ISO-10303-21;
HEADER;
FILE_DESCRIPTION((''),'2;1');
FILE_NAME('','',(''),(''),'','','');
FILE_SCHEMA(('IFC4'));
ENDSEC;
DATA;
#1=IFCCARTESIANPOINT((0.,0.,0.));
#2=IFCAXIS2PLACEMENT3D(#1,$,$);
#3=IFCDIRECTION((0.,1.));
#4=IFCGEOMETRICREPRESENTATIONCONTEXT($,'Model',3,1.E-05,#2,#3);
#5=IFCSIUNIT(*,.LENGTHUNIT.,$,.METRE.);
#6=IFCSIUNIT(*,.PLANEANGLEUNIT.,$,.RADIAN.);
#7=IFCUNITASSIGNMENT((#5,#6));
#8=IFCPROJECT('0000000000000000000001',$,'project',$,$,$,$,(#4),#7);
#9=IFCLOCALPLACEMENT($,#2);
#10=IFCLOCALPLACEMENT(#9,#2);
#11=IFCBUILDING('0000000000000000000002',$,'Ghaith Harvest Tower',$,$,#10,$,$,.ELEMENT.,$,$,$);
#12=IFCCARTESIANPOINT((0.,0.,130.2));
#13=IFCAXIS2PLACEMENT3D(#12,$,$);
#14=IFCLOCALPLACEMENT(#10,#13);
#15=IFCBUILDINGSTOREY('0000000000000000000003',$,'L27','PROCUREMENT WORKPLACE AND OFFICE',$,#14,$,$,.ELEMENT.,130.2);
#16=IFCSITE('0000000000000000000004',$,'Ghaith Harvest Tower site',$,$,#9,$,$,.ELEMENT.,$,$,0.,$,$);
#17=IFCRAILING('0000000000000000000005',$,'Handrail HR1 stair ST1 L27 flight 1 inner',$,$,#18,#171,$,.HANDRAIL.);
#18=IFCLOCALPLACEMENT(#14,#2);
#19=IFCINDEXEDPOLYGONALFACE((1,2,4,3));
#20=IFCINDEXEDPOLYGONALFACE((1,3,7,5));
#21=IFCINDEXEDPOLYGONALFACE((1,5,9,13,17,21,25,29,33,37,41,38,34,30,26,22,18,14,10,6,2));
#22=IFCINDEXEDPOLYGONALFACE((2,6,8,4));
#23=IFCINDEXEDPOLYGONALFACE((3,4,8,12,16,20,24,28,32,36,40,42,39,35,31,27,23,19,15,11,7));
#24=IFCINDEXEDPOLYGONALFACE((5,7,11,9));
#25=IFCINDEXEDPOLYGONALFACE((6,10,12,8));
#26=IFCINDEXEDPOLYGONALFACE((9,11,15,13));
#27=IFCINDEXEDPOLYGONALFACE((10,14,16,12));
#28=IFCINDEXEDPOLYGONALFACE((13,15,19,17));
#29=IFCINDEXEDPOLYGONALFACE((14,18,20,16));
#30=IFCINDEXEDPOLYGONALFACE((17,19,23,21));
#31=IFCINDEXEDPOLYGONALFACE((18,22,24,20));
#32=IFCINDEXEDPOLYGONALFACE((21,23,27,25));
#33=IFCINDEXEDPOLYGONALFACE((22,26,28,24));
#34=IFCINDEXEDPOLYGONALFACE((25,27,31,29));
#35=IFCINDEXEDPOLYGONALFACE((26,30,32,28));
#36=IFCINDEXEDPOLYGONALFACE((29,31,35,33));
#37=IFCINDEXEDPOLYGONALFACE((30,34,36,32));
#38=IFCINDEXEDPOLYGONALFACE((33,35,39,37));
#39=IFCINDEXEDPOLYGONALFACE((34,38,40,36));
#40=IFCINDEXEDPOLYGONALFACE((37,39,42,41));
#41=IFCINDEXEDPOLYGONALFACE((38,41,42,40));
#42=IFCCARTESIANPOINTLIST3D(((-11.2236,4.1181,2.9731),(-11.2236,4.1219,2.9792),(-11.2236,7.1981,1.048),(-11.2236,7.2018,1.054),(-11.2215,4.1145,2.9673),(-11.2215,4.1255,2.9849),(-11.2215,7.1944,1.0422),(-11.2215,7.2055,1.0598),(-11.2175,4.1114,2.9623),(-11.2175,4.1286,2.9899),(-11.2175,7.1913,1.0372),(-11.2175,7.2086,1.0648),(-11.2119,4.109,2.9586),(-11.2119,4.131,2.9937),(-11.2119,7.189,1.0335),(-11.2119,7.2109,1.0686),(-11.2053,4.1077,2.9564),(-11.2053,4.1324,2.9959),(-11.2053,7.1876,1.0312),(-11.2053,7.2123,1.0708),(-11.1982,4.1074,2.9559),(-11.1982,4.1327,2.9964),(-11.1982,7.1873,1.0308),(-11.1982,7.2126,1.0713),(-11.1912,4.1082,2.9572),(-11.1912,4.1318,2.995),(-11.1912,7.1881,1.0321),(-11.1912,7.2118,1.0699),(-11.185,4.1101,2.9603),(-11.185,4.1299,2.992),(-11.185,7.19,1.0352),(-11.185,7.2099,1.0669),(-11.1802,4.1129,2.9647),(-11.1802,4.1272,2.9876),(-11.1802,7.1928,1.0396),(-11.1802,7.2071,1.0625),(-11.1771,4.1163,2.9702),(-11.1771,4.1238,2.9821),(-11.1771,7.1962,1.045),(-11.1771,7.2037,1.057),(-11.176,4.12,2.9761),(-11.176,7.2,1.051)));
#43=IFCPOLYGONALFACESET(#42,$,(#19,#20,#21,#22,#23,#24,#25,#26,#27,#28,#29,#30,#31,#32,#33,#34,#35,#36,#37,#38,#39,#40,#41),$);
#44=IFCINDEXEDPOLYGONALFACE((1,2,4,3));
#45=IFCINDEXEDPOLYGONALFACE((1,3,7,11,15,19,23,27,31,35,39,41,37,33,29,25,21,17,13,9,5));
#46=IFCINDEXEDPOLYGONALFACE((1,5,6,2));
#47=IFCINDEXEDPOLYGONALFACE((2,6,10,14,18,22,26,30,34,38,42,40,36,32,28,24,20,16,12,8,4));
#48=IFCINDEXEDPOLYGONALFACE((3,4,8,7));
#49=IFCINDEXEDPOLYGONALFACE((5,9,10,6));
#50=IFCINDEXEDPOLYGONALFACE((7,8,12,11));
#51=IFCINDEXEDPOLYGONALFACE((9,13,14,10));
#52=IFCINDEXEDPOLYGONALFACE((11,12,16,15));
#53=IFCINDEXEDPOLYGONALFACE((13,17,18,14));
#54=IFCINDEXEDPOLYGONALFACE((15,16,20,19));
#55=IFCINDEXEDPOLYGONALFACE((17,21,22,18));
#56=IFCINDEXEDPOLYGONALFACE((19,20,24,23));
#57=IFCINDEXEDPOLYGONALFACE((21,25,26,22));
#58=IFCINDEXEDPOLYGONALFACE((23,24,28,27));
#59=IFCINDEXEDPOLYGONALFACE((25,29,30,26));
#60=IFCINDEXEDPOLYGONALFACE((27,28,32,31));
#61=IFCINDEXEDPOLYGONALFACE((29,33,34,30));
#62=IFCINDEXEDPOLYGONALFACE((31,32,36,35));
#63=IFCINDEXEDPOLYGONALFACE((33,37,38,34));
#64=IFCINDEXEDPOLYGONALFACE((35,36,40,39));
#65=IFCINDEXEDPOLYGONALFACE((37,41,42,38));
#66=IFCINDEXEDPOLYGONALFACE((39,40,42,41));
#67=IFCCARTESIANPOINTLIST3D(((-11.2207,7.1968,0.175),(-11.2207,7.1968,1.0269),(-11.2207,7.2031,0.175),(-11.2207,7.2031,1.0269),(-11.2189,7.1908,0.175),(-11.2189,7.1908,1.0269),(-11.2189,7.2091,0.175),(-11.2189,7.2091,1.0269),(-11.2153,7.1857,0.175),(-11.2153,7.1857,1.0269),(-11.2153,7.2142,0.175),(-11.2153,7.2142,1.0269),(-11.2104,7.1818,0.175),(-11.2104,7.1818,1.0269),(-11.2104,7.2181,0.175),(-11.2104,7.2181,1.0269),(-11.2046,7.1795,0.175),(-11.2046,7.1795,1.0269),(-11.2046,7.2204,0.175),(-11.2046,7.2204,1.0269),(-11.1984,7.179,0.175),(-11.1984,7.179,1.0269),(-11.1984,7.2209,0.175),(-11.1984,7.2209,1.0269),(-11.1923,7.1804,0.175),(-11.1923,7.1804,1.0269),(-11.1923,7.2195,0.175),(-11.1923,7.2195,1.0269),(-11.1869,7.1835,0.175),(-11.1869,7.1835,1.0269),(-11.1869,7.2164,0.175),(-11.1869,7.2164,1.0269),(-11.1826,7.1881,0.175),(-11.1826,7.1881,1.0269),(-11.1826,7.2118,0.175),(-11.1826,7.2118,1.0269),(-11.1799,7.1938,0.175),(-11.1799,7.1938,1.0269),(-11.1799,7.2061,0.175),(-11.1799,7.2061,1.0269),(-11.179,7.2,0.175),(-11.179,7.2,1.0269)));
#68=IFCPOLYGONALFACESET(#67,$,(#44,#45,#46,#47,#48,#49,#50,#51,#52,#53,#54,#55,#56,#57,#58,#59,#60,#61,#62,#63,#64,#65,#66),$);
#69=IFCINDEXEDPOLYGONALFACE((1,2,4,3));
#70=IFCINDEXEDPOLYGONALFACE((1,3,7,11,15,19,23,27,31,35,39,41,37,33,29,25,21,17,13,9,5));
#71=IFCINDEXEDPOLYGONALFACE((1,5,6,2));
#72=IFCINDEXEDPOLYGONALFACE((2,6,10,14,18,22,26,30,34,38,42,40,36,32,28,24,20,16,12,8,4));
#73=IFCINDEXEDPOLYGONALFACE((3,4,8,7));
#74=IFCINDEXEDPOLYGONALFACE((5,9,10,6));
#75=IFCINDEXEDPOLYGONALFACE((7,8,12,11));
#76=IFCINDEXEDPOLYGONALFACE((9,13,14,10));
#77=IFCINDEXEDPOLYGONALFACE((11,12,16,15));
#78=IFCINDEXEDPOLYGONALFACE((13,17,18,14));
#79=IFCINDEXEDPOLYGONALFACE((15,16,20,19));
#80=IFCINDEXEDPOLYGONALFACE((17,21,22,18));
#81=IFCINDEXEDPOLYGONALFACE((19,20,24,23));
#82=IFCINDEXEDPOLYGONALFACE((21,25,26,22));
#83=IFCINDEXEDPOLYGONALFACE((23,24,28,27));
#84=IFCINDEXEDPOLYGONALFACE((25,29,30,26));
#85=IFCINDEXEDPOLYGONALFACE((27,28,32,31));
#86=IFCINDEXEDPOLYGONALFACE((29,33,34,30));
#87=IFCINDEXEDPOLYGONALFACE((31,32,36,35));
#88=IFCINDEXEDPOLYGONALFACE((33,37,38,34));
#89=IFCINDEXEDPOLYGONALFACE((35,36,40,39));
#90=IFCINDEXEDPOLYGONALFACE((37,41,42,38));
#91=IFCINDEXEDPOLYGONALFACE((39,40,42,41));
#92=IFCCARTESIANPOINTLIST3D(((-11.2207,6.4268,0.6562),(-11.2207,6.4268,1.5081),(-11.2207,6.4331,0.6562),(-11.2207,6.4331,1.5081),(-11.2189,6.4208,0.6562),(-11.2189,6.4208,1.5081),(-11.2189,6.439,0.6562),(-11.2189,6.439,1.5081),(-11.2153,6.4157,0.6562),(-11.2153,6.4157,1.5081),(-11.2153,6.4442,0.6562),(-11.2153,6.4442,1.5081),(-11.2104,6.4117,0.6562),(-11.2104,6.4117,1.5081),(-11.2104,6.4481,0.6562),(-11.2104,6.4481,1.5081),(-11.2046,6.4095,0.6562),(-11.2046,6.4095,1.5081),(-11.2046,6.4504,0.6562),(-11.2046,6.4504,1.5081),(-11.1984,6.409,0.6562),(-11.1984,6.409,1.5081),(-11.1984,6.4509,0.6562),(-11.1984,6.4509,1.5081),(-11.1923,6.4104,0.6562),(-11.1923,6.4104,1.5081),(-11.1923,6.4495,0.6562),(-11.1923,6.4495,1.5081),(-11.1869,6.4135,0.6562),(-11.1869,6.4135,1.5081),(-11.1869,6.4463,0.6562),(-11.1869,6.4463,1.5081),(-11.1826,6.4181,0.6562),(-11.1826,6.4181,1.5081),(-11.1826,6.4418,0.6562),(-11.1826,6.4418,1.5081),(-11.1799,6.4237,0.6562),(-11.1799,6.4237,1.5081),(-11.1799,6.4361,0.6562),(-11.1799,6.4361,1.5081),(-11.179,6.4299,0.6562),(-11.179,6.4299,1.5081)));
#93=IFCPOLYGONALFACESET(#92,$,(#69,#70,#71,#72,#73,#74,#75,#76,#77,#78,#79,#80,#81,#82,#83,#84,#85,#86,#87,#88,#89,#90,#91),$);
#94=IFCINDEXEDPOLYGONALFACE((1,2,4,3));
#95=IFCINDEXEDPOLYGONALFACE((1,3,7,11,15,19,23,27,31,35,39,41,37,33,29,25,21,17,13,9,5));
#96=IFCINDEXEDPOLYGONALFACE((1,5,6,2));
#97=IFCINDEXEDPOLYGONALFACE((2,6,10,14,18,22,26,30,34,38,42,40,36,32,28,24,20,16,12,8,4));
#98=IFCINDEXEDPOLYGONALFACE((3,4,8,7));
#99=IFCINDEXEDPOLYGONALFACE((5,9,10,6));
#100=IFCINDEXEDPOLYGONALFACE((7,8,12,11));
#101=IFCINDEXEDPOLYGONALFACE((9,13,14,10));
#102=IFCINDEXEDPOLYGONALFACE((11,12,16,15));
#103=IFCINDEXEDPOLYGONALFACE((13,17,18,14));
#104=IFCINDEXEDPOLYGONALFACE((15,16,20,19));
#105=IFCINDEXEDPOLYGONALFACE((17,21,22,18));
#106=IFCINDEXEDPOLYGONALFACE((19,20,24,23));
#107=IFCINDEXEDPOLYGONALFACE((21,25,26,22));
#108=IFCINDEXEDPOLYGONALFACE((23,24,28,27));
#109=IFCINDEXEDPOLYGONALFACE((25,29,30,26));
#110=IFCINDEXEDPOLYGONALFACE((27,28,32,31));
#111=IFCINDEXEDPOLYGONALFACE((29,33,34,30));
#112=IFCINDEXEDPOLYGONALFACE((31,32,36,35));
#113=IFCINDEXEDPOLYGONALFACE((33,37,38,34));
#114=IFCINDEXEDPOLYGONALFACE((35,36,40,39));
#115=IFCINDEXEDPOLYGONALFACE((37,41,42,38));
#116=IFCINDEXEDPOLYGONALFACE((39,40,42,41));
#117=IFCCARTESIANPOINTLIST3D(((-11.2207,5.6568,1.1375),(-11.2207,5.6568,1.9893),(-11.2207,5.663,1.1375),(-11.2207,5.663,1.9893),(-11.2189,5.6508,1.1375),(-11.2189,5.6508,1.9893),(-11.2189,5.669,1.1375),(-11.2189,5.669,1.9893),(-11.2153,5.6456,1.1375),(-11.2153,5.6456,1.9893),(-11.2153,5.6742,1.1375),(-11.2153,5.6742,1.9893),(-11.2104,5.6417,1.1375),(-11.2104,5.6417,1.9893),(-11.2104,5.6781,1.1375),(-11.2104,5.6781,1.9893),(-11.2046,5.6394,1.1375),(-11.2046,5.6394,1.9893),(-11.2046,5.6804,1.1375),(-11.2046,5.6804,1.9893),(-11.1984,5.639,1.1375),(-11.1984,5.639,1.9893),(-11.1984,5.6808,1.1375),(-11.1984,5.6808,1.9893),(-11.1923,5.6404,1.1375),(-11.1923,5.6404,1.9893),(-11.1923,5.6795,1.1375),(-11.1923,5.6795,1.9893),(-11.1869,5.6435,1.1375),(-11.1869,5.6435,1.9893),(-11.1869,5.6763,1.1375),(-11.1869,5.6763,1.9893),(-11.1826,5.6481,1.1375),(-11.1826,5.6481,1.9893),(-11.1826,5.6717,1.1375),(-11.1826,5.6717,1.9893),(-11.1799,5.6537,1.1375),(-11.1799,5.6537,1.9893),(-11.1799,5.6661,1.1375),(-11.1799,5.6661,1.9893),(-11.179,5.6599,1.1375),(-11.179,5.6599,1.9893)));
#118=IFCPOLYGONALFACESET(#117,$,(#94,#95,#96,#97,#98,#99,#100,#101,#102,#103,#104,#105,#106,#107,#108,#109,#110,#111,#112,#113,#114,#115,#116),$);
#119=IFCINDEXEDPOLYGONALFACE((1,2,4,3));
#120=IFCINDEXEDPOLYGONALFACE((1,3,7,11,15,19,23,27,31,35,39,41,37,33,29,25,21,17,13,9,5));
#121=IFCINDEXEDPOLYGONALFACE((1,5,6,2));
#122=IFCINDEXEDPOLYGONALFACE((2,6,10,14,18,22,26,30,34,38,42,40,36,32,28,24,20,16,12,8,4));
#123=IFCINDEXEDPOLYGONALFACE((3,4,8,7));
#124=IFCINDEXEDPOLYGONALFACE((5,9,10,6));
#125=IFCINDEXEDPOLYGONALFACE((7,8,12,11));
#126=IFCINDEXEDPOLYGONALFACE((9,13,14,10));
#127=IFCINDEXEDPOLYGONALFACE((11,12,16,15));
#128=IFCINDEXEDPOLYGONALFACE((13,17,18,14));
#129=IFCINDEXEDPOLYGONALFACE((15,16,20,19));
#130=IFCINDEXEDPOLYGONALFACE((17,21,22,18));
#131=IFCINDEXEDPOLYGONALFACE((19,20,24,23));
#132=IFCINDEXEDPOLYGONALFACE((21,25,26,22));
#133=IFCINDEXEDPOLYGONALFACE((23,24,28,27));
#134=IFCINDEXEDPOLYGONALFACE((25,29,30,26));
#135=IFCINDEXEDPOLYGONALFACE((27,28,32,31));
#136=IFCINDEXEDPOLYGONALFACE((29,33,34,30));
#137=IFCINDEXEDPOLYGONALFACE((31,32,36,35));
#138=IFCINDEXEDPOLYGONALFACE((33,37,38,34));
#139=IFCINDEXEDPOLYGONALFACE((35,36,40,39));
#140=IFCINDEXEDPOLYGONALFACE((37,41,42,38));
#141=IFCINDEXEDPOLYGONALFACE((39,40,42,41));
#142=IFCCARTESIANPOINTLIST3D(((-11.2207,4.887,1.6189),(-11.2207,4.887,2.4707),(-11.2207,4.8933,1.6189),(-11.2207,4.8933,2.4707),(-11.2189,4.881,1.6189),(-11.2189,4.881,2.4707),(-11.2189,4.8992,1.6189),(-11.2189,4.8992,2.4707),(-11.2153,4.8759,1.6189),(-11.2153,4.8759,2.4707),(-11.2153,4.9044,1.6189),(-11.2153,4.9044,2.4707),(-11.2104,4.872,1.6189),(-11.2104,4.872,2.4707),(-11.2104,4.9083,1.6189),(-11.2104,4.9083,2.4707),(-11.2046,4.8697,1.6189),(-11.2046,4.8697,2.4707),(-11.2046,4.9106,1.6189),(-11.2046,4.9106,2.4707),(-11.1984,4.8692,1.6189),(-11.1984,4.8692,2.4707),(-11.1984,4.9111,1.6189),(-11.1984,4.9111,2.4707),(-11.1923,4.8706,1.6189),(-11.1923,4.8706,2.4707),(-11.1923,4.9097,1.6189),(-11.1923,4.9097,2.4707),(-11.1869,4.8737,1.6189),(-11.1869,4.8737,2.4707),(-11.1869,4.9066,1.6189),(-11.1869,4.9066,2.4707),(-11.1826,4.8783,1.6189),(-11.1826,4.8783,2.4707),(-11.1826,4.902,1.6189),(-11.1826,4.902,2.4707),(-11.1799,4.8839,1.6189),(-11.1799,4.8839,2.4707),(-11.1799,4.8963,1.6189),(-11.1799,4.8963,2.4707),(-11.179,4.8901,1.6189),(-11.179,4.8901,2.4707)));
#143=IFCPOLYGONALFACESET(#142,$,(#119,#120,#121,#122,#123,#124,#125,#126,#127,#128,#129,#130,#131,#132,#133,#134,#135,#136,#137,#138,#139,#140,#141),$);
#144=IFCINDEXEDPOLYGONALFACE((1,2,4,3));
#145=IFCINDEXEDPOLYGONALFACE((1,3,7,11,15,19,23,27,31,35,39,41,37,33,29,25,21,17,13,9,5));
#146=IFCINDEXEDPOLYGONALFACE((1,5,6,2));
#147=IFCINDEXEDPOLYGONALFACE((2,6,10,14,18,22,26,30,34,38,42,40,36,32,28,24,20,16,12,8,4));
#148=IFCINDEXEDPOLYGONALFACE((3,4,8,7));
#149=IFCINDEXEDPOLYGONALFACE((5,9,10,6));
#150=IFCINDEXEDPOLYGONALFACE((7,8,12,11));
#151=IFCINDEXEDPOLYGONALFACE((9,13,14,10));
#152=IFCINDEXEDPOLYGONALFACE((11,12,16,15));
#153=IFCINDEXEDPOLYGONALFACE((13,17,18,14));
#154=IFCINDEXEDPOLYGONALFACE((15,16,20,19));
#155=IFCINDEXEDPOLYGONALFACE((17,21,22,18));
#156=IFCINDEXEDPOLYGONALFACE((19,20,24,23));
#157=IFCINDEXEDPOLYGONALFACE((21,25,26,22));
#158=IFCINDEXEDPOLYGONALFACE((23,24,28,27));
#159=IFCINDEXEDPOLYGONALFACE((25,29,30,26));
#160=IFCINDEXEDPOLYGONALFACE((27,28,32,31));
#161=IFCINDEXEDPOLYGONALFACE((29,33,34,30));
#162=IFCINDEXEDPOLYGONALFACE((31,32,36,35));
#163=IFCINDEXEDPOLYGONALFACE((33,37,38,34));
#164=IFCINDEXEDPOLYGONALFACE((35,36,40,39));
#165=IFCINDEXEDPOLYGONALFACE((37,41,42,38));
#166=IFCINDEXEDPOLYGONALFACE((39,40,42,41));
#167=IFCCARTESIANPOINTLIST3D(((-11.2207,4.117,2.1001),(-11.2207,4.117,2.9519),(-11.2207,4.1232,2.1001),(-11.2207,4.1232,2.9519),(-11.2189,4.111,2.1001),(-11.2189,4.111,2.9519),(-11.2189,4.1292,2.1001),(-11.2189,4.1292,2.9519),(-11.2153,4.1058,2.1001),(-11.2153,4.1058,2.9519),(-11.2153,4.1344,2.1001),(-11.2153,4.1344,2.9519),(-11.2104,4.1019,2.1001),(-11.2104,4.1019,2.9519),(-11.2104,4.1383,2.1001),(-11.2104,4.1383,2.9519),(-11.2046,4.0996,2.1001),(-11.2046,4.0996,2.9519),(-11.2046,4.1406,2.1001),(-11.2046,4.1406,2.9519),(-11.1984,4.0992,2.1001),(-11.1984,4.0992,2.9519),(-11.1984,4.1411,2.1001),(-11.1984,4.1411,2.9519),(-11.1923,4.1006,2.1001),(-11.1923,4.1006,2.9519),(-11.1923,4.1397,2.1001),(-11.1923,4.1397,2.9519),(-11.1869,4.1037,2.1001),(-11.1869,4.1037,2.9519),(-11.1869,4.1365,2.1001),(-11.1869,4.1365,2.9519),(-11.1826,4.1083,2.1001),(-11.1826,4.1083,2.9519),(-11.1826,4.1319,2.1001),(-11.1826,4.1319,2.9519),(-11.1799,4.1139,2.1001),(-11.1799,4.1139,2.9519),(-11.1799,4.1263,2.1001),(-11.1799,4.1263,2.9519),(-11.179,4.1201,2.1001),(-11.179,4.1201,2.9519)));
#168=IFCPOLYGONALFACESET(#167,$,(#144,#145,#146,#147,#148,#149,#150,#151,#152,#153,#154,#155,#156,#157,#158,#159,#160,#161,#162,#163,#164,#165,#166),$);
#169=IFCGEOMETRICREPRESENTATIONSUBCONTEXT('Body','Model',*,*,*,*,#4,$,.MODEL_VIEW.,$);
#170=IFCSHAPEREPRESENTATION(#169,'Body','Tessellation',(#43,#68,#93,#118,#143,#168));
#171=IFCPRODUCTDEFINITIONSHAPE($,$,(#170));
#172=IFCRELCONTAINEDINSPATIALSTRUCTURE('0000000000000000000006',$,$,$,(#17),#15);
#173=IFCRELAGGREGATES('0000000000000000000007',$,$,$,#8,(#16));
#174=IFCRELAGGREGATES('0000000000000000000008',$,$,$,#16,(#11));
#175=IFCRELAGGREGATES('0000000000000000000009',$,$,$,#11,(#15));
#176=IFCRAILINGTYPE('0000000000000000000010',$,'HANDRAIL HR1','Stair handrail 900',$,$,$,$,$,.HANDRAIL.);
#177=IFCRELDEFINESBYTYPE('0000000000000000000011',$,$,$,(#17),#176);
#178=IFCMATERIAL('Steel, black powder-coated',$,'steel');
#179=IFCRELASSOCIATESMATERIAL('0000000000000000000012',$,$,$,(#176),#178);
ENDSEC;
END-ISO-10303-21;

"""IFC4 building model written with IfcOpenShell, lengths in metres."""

from ifc_helpers import new_model, si_unit, direction, frame, origin, origin_2d, place, context, subcontext, project, spatial, circle, extrude, material, type_object, element, save


model = new_model("IFC4")

# Units and contexts
model_context = context("Model", 3, precision=1e-05, world=origin(), true_north=direction((0.0, 1.0)))
body_context = subcontext(model_context, "Body", "Model", "MODEL_VIEW")
ifc_project = project(units=[si_unit("LENGTHUNIT", "METRE"), si_unit("PLANEANGLEUNIT", "RADIAN")], contexts=[model_context])

# Site, building, storey
site_placement = place(None, origin())
site = spatial("IfcSite", under=ifc_project, at=site_placement, Name="Ghaith Harvest Tower site", CompositionType="ELEMENT", RefElevation=0.0)
building_placement = place(site_placement, origin())
building = spatial("IfcBuilding", under=site, at=building_placement, Name="Ghaith Harvest Tower", CompositionType="ELEMENT")
storey_placement = place(building_placement, frame((0.0, 0.0, 130.2)))
storey = spatial("IfcBuildingStorey", under=building, at=storey_placement, Name="L27", Description="PROCUREMENT WORKPLACE AND OFFICE", CompositionType="ELEMENT", Elevation=130.2)

# Railing
ifc_material_1 = material(Name="Steel, black powder-coated", Category="steel")
railing_type = type_object("IfcRailingType", Name="HANDRAIL HR1", Description="Stair handrail 900", PredefinedType="HANDRAIL", material=ifc_material_1)
railing_1_placement = place(storey_placement, frame((-11.2, 7.2, 0.175)))
element("IfcRailing", 1, at=railing_1_placement, inside=storey, type_object=railing_type, Name="Handrail HR1 stair ST1 L27 flight 1 inner", PredefinedType="HANDRAIL", context=body_context, shape_type="SweptSolid", body=[
    extrude(circle(Radius=0.0239, at=origin_2d()), frame((0.0, 0.0, 0.876), z_axis=(0.0, -0.847979, 0.530029), x_axis=(1.0, 0.0, 0.0)), (0.0, 0.0, 1.0), 3.6321),
    extrude(circle(Radius=0.021, at=origin_2d()), origin(), (0.0, 0.0, 1.0), 0.8518),
    extrude(circle(Radius=0.021, at=origin_2d()), frame((0.0, -0.77, 0.4812)), (0.0, 0.0, 1.0), 0.8518),
    extrude(circle(Radius=0.021, at=origin_2d()), frame((0.0, -1.54, 0.9624)), (0.0, 0.0, 1.0), 0.8518),
    extrude(circle(Radius=0.021, at=origin_2d()), frame((0.0, -2.3098, 1.4438)), (0.0, 0.0, 1.0), 0.8518),
    extrude(circle(Radius=0.021, at=origin_2d()), frame((0.0, -3.0798, 1.925)), (0.0, 0.0, 1.0), 0.8518),
])

save(model, "model.ifc")
